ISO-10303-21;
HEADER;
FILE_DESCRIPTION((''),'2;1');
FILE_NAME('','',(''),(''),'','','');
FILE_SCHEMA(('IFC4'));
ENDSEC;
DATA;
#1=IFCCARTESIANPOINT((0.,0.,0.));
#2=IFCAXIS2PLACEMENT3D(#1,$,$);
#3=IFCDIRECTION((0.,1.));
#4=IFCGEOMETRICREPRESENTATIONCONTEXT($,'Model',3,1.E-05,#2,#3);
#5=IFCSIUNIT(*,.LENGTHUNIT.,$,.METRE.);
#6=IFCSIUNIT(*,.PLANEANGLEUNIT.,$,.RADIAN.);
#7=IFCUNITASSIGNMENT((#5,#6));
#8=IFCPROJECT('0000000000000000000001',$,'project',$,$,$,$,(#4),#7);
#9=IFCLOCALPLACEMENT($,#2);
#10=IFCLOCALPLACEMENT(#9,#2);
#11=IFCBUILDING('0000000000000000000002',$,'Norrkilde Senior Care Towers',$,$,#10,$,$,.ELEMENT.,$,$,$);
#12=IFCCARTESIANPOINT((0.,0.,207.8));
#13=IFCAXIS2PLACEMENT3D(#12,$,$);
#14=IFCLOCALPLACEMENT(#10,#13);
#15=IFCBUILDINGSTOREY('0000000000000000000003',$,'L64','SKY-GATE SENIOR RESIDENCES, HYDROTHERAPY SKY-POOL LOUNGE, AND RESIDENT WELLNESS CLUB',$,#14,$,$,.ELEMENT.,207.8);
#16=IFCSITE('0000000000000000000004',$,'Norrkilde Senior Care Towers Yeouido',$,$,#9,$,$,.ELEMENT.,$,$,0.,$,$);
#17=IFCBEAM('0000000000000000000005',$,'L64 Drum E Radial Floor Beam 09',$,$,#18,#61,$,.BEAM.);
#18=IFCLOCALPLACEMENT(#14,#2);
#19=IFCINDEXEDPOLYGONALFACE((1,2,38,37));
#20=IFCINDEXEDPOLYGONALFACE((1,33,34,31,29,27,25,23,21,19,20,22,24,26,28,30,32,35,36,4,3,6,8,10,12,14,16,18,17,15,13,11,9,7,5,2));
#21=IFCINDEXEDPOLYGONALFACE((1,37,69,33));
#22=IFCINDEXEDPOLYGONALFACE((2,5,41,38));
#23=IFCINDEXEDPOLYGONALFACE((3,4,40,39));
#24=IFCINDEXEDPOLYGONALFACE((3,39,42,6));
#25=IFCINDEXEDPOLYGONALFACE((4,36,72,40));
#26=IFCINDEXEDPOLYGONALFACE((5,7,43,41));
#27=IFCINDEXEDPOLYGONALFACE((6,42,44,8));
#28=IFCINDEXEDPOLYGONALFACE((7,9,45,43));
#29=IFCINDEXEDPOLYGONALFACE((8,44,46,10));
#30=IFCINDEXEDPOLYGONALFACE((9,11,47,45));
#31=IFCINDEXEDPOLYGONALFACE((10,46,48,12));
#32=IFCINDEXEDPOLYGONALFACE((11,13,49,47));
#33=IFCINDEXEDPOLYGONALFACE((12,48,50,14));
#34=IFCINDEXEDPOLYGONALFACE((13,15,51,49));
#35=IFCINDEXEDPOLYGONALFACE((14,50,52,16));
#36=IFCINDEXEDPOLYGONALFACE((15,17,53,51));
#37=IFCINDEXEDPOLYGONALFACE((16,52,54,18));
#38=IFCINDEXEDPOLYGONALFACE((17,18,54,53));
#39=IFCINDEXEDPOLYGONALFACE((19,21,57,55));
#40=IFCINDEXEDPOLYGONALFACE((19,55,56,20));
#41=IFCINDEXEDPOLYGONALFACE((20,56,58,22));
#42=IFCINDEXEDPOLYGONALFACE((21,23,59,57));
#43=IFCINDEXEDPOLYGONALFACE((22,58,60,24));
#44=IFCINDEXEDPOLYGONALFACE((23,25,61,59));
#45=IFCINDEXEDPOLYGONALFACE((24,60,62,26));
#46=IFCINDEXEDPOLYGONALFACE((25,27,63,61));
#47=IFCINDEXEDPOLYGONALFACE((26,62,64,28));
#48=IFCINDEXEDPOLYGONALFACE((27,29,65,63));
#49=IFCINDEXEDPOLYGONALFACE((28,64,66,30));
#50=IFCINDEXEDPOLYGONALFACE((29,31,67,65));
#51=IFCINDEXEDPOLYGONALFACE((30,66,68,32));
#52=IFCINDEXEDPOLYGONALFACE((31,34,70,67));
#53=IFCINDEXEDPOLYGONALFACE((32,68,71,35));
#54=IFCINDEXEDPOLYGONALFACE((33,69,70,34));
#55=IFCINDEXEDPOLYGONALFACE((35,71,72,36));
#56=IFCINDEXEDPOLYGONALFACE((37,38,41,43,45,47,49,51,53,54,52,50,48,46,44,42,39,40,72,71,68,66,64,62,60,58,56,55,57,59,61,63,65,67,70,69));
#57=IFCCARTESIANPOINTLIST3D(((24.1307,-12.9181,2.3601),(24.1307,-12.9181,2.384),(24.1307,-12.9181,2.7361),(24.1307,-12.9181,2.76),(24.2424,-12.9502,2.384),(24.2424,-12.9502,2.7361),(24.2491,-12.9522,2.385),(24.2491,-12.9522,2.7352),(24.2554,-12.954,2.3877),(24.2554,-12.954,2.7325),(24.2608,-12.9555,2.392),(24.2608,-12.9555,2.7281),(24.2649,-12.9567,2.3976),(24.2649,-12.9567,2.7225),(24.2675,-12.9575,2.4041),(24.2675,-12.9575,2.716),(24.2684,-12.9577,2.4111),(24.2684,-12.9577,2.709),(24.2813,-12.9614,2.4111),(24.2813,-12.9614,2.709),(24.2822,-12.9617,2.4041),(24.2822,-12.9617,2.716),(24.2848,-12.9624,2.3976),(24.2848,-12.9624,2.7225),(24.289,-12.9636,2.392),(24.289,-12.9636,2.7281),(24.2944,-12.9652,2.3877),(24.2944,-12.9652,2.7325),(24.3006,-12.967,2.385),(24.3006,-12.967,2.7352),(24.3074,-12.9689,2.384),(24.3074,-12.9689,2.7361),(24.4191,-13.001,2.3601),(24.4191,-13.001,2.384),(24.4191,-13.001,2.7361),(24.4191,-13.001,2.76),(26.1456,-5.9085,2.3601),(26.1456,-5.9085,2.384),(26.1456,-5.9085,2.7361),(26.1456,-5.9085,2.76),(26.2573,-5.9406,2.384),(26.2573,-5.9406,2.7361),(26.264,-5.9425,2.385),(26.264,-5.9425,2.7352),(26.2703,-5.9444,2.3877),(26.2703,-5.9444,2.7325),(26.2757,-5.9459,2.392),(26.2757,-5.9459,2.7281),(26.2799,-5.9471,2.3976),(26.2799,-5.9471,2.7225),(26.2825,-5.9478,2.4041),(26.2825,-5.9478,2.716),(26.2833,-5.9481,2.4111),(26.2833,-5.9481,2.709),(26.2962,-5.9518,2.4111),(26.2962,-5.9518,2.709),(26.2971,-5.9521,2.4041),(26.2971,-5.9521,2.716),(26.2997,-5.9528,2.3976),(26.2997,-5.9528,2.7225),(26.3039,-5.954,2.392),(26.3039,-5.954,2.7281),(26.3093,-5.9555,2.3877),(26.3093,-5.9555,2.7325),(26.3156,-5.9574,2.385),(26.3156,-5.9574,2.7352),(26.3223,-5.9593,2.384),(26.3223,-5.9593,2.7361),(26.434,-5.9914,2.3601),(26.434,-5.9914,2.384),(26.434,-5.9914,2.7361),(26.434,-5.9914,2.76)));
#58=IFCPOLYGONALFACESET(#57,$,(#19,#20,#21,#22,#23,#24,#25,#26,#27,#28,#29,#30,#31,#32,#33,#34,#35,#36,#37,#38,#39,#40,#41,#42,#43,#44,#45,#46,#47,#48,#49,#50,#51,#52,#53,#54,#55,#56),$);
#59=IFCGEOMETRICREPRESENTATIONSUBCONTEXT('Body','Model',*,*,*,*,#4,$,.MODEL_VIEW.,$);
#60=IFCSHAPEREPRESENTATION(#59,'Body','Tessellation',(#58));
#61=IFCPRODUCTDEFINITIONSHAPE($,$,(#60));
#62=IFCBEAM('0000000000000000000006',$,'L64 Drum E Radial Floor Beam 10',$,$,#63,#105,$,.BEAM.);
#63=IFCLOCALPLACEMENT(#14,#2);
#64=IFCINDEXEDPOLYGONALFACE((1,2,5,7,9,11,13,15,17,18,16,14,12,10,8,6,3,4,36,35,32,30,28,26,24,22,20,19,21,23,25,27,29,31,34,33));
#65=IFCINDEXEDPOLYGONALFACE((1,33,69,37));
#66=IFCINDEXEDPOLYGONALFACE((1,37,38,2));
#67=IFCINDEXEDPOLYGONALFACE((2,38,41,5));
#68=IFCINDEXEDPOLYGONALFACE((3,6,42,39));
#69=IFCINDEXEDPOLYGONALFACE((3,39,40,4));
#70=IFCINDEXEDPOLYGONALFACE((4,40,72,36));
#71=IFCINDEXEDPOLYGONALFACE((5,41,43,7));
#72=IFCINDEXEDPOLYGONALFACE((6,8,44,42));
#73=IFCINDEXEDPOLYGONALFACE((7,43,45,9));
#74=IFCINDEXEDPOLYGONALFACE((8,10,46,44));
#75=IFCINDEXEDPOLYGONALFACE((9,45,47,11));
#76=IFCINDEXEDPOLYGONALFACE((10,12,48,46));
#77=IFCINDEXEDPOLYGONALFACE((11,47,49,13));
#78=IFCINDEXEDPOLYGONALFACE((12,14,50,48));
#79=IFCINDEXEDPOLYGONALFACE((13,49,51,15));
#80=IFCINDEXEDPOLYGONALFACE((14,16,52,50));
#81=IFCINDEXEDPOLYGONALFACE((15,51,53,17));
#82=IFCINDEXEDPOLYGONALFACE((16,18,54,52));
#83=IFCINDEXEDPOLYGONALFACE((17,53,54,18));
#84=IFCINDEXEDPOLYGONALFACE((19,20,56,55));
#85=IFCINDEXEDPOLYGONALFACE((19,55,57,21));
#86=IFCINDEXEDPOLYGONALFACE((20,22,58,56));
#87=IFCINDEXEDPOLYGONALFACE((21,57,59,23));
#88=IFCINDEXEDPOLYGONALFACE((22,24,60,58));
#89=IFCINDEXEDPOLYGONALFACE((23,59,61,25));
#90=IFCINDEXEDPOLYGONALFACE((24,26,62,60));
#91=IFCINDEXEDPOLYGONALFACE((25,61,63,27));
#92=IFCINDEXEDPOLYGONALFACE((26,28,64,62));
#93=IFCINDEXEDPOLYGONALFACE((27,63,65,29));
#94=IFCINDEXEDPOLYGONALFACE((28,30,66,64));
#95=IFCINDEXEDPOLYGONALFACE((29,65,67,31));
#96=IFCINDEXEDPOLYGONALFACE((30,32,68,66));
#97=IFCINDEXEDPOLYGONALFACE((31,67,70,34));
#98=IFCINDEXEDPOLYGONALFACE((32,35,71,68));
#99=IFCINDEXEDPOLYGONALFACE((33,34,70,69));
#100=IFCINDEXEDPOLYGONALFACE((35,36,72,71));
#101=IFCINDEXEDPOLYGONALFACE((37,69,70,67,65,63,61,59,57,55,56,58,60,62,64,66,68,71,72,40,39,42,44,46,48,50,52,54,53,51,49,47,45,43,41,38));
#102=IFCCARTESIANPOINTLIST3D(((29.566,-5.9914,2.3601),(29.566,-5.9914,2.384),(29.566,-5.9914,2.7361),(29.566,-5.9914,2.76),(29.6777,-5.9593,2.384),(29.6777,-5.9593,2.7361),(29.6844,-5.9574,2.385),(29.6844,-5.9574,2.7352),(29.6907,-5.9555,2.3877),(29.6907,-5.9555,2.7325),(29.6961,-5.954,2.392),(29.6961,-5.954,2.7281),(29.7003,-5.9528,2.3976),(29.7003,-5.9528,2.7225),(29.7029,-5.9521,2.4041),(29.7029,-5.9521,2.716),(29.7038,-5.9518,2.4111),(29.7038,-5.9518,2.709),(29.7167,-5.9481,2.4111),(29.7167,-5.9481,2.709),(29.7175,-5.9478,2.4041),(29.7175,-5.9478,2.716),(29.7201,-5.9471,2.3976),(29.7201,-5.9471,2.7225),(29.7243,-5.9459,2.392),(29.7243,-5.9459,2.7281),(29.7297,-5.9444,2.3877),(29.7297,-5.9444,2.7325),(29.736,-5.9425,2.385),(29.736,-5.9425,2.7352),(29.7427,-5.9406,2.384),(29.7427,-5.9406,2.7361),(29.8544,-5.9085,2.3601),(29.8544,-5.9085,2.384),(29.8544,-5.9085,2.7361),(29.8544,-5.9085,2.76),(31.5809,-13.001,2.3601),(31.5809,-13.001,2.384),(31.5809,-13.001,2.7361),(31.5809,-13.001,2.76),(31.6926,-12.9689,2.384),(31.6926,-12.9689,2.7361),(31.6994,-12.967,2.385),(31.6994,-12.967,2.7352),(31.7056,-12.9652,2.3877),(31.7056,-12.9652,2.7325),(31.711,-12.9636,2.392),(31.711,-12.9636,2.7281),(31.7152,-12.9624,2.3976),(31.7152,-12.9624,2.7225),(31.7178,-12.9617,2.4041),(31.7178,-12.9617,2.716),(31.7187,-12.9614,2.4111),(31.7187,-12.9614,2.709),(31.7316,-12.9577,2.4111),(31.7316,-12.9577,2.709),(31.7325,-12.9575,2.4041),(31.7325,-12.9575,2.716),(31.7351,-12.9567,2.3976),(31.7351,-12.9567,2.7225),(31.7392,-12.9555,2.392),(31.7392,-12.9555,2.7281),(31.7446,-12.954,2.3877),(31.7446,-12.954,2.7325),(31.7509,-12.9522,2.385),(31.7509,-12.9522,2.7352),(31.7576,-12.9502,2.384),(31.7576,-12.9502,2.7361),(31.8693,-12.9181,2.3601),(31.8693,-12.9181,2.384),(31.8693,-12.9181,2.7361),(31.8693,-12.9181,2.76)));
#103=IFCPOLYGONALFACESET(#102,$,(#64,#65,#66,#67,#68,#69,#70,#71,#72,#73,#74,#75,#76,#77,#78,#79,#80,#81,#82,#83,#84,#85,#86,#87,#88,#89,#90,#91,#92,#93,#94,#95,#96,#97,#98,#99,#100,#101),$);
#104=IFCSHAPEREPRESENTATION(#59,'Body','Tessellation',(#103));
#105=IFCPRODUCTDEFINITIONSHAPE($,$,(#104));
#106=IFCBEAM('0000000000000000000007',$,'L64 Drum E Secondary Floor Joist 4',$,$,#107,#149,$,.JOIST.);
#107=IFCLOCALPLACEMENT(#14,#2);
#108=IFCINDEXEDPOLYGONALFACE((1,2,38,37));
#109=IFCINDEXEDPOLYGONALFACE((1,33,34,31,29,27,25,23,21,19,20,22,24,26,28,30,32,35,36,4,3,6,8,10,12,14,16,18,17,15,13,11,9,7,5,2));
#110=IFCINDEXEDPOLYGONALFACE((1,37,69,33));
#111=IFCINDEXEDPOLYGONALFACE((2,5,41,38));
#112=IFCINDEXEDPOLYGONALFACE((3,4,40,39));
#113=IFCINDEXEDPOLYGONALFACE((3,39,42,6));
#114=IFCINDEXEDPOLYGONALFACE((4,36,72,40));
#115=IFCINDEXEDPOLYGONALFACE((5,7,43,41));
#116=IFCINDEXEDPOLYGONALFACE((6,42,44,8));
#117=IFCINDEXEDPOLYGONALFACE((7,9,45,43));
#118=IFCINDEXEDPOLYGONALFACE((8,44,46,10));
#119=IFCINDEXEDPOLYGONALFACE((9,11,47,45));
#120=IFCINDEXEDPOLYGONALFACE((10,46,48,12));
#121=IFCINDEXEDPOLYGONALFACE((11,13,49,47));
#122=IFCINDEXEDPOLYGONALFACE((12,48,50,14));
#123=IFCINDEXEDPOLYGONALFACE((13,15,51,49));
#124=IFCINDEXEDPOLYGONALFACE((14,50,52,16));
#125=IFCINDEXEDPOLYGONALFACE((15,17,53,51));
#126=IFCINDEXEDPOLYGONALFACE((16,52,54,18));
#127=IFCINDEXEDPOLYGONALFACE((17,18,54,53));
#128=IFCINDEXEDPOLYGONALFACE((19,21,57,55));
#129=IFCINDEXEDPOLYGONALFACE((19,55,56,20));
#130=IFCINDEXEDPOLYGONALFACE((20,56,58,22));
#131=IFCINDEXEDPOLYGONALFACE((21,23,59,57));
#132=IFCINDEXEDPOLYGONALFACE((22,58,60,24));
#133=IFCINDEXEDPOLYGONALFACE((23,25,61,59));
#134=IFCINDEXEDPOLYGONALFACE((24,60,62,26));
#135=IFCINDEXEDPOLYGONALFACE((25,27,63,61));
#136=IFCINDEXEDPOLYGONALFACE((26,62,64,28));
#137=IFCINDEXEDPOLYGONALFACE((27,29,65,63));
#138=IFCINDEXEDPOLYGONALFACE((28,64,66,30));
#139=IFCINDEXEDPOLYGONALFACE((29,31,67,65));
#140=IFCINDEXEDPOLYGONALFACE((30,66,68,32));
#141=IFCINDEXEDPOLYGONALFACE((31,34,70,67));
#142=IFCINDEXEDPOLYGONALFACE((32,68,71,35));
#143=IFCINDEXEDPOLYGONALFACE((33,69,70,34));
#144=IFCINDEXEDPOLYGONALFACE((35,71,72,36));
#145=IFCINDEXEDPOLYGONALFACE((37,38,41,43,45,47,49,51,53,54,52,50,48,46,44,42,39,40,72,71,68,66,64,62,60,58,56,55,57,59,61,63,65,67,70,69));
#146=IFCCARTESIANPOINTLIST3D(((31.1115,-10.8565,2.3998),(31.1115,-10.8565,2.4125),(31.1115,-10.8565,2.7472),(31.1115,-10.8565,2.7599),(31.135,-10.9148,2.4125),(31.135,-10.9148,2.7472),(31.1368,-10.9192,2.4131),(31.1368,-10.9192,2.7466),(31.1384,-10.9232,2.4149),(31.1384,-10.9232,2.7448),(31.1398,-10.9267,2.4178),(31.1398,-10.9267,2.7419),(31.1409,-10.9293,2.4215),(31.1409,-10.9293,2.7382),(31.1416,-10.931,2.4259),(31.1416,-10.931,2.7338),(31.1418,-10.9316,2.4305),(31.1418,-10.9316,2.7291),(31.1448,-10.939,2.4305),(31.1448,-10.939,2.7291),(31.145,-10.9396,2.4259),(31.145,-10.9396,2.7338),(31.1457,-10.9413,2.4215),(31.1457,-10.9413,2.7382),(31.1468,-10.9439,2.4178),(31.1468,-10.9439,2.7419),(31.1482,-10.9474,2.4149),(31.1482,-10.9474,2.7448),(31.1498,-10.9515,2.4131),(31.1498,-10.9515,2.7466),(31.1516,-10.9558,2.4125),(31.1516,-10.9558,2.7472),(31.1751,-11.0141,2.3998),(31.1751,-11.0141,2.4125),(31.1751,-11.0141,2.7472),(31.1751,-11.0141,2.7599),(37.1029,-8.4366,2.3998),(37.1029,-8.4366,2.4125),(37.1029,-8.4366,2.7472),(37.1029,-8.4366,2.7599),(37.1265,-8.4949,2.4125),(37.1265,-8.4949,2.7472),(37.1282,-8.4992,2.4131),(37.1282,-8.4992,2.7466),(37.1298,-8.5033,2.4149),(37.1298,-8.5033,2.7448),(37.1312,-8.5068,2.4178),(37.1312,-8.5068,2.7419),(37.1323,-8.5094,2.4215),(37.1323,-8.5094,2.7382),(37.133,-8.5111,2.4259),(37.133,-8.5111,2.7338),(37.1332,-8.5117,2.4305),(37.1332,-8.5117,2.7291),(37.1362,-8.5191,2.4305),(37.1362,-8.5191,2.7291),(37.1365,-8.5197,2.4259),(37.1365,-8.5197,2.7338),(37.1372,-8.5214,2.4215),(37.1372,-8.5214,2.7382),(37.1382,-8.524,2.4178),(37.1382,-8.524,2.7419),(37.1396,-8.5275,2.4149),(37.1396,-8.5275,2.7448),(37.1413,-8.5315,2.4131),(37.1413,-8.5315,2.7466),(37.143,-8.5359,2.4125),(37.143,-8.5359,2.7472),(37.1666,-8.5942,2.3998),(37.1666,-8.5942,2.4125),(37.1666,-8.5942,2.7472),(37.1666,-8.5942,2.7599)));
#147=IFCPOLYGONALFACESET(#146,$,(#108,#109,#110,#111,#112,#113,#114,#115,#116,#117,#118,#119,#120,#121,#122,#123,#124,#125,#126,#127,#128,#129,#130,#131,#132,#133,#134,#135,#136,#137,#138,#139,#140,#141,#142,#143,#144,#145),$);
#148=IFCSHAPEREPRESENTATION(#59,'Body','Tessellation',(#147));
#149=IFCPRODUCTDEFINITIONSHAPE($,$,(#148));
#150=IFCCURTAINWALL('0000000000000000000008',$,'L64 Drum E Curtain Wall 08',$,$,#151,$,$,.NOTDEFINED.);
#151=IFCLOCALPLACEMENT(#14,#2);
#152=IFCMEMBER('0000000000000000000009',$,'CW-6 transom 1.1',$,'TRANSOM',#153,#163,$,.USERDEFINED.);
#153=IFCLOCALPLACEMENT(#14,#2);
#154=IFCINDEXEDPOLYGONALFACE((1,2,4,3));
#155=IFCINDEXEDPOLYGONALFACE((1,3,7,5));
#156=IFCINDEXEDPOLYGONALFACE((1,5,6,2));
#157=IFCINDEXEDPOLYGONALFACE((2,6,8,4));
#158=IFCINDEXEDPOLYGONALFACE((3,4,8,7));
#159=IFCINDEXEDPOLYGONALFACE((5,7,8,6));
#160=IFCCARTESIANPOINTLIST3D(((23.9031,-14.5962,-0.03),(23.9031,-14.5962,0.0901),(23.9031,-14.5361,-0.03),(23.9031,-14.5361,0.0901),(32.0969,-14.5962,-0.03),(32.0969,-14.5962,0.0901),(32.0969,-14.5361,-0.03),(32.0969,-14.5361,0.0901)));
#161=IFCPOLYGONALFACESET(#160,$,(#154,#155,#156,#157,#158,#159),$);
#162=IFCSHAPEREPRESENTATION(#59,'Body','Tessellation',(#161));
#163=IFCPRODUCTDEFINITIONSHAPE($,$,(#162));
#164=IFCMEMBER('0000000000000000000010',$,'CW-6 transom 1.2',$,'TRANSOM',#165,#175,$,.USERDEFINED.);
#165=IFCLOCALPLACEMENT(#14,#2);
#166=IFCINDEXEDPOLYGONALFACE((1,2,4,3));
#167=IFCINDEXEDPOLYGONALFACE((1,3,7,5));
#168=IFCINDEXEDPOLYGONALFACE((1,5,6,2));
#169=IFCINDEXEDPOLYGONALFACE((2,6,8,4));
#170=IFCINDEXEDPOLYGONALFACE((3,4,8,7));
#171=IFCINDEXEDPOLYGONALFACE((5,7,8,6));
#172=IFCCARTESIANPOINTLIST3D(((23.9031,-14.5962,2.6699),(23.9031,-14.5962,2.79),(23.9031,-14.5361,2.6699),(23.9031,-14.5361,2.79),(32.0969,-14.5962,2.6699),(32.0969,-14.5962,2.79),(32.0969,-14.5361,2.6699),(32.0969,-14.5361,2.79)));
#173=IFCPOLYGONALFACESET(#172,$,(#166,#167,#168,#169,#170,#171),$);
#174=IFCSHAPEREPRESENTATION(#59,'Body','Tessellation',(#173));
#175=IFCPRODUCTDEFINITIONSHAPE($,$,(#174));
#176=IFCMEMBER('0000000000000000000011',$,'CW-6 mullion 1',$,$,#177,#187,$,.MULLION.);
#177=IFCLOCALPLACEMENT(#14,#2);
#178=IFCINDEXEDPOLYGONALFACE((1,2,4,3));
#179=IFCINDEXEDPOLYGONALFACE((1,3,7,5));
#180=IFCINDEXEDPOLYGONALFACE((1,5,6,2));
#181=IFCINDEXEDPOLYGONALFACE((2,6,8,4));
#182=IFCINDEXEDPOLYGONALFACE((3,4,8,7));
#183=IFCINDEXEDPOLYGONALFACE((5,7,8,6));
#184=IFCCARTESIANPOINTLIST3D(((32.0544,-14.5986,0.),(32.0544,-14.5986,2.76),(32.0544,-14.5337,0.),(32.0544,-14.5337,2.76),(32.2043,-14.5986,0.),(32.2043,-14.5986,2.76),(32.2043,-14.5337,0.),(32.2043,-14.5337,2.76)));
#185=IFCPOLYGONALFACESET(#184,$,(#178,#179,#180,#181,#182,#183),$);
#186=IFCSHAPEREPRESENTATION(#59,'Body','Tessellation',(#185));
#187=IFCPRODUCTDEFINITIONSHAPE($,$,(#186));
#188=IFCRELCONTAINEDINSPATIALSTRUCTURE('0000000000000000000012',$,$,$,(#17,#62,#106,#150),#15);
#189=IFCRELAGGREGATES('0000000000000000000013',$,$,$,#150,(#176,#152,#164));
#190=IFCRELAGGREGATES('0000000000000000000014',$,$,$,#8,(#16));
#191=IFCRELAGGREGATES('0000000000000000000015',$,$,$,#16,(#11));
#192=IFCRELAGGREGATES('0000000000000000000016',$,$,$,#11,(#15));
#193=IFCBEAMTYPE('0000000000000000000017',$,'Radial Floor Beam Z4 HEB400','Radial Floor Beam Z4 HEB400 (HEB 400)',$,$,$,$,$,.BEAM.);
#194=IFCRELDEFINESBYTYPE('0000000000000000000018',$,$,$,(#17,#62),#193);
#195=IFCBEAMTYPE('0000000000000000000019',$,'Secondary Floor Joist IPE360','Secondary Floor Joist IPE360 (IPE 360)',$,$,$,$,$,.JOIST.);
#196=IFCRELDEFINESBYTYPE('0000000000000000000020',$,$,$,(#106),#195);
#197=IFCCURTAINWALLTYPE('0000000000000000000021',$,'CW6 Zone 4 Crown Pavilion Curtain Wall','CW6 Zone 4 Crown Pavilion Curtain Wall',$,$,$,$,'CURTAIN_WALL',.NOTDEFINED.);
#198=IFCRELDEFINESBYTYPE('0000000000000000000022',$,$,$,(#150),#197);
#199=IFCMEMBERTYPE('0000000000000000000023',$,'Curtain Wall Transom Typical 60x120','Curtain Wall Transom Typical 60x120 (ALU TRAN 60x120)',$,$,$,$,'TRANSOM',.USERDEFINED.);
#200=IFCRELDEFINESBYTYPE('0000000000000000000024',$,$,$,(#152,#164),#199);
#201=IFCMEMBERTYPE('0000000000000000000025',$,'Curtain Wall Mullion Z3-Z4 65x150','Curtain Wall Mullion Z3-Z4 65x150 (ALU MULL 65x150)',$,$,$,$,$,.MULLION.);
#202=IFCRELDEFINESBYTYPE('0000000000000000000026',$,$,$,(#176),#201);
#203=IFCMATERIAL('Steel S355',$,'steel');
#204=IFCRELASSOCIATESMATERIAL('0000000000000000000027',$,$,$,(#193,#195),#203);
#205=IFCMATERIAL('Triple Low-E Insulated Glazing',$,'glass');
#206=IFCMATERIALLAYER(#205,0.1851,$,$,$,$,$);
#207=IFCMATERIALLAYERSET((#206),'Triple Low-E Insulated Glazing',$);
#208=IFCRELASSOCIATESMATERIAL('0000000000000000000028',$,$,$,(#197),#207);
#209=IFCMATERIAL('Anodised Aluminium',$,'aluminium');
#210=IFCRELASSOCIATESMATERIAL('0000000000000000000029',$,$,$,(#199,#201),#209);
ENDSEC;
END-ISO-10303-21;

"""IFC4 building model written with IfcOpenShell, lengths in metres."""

from ifc_helpers import new_model, si_unit, direction, frame, origin, origin_2d, place, context, subcontext, project, spatial, rectangle, i_section, extrude, source, transform, mapped, material, layer, layer_set, material_profile, profile_set, type_object, type_shapes, element, aggregate, save


model = new_model("IFC4")

# Units and contexts
model_context = context("Model", 3, precision=1e-05, world=origin(), true_north=direction((0.0, 1.0)))
body_context = subcontext(model_context, "Body", "Model", "MODEL_VIEW")
ifc_project = project(units=[si_unit("LENGTHUNIT", "METRE"), si_unit("PLANEANGLEUNIT", "RADIAN")], contexts=[model_context])

# Site, building, storey
site_placement = place(None, origin())
site = spatial("IfcSite", under=ifc_project, at=site_placement, Name="Norrkilde Senior Care Towers Yeouido", CompositionType="ELEMENT", RefElevation=0.0)
building_placement = place(site_placement, origin())
building = spatial("IfcBuilding", under=site, at=building_placement, Name="Norrkilde Senior Care Towers", CompositionType="ELEMENT")
storey_placement = place(building_placement, frame((0.0, 0.0, 207.8)))
storey = spatial("IfcBuildingStorey", under=building, at=storey_placement, Name="L64", Description="SKY-GATE SENIOR RESIDENCES, HYDROTHERAPY SKY-POOL LOUNGE, AND RESIDENT WELLNESS CLUB", CompositionType="ELEMENT", Elevation=207.8)

# Beams
ifc_material_1 = material(Name="Steel S355", Category="steel")
ifc_material_profile_1 = material_profile(ifc_material_1, i_section(OverallWidth=0.3, OverallDepth=0.3999, WebThickness=0.0134, FlangeThickness=0.0239, FilletRadius=0.0271, at=origin_2d()), Name="HEB 400")
ifc_profile_set_1 = profile_set([ifc_material_profile_1], Name="Steel S355")
beam_type_1 = type_object("IfcBeamType", Name="Radial Floor Beam Z4 HEB400", Description="Radial Floor Beam Z4 HEB400 (HEB 400)", PredefinedType="BEAM", material=ifc_profile_set_1)
shared_shape_1 = source(origin(), body_context, "Body", "SweptSolid", [
    extrude(i_section(OverallWidth=0.3, OverallDepth=0.3999, WebThickness=0.0134, FlangeThickness=0.0239, FilletRadius=0.0271, at=origin_2d()), origin(), (0.0, 0.0, 1.0), 7.2935),
])
type_shapes(beam_type_1, [shared_shape_1])
for number, where, z_axis, x_axis, name in (
    (1, (26.2898, -5.95, 2.5601), (-0.276264, -0.961082, 0.0), (0.961082, -0.276264, 0.0), "L64 Drum E Radial Floor Beam 09"),
    (2, (29.7102, -5.95, 2.5601), (0.276264, -0.961082, 0.0), (0.961082, 0.276264, 0.0), "L64 Drum E Radial Floor Beam 10"),
):
    element("IfcBeam", number, at=place(storey_placement, frame(where, z_axis=z_axis, x_axis=x_axis)), inside=storey, type_object=beam_type_1, Name=name, PredefinedType="BEAM", context=body_context, shape_type="MappedRepresentation", body=[
        mapped(shared_shape_1, transform((0.0, 0.0, 0.0), x_axis=(1.0, 0.0, 0.0), y_axis=(0.0, 1.0, 0.0), z_axis=(0.0, 0.0, 1.0), scale=1.0)),
    ])
ifc_material_profile_2 = material_profile(ifc_material_1, i_section(OverallWidth=0.1699, OverallDepth=0.3601, WebThickness=0.0081, FlangeThickness=0.0127, FilletRadius=0.0181, at=origin_2d()), Name="IPE 360")
ifc_profile_set_2 = profile_set([ifc_material_profile_2], Name="Steel S355")
beam_type_2 = type_object("IfcBeamType", Name="Secondary Floor Joist IPE360", Description="Secondary Floor Joist IPE360 (IPE 360)", PredefinedType="JOIST", material=ifc_profile_set_2)
shared_shape_2 = source(origin(), body_context, "Body", "SweptSolid", [
    extrude(i_section(OverallWidth=0.1699, OverallDepth=0.3601, WebThickness=0.0081, FlangeThickness=0.0127, FilletRadius=0.0181, at=origin_2d()), origin(), (0.0, 0.0, 1.0), 6.4617),
])
type_shapes(beam_type_2, [shared_shape_2])
beam_1_placement = place(storey_placement, frame((31.1433, -10.9353, 2.5798), z_axis=(0.927226, 0.374502, 0.0), x_axis=(-0.374502, 0.927226, 0.0)))
element("IfcBeam", 3, at=beam_1_placement, inside=storey, type_object=beam_type_2, Name="L64 Drum E Secondary Floor Joist 4", PredefinedType="JOIST", context=body_context, shape_type="MappedRepresentation", body=[
    mapped(shared_shape_2, transform((0.0, 0.0, 0.0), x_axis=(1.0, 0.0, 0.0), y_axis=(0.0, 1.0, 0.0), z_axis=(0.0, 0.0, 1.0), scale=1.0)),
])

# Curtain wall, members
ifc_material_2 = material(Name="Triple Low-E Insulated Glazing", Category="glass")
ifc_layer_1 = layer(ifc_material_2, 0.1851)
ifc_layer_set_1 = layer_set([ifc_layer_1], Name="Triple Low-E Insulated Glazing")
curtain_wall_type = type_object("IfcCurtainWallType", Name="CW6 Zone 4 Crown Pavilion Curtain Wall", Description="CW6 Zone 4 Crown Pavilion Curtain Wall", ElementType="CURTAIN_WALL", PredefinedType="NOTDEFINED", material=ifc_layer_set_1)
curtain_wall_1_placement = place(storey_placement, origin())
curtain_wall_1 = element("IfcCurtainWall", 4, at=curtain_wall_1_placement, inside=storey, type_object=curtain_wall_type, Name="L64 Drum E Curtain Wall 08", PredefinedType="NOTDEFINED")
ifc_material_3 = material(Name="Anodised Aluminium", Category="aluminium")
ifc_material_profile_3 = material_profile(ifc_material_3, rectangle(XDim=0.0601, YDim=0.1201, at=origin_2d()), Name="ALU TRAN 60x120")
ifc_profile_set_3 = profile_set([ifc_material_profile_3], Name="Anodised Aluminium")
member_type_1 = type_object("IfcMemberType", Name="Curtain Wall Transom Typical 60x120", Description="Curtain Wall Transom Typical 60x120 (ALU TRAN 60x120)", ElementType="TRANSOM", PredefinedType="USERDEFINED", material=ifc_profile_set_3)
shared_shape_3 = source(origin(), body_context, "Body", "SweptSolid", [
    extrude(rectangle(XDim=0.0601, YDim=0.1201, at=origin_2d()), origin(), (0.0, 0.0, 1.0), 8.1938),
])
type_shapes(member_type_1, [shared_shape_3])
member_1_placement = place(storey_placement, frame((32.0969, -14.5662, 0.03), z_axis=(-1.0, 0.0, 0.0), x_axis=(0.0, -1.0, 0.0)))
member_1 = element("IfcMember", 5, at=member_1_placement, type_object=member_type_1, Name="CW-6 transom 1.1", ObjectType="TRANSOM", PredefinedType="USERDEFINED", context=body_context, shape_type="MappedRepresentation", body=[
    mapped(shared_shape_3, transform((0.0, 0.0, 0.0), x_axis=(1.0, 0.0, 0.0), y_axis=(0.0, 1.0, 0.0), z_axis=(0.0, 0.0, 1.0), scale=1.0)),
])
member_2_placement = place(storey_placement, frame((32.0969, -14.5662, 2.73), z_axis=(-1.0, 0.0, 0.0), x_axis=(0.0, -1.0, 0.0)))
member_2 = element("IfcMember", 6, at=member_2_placement, type_object=member_type_1, Name="CW-6 transom 1.2", ObjectType="TRANSOM", PredefinedType="USERDEFINED", context=body_context, shape_type="MappedRepresentation", body=[
    mapped(shared_shape_3, transform((0.0, 0.0, 0.0), x_axis=(1.0, 0.0, 0.0), y_axis=(0.0, 1.0, 0.0), z_axis=(0.0, 0.0, 1.0), scale=1.0)),
])
ifc_material_profile_4 = material_profile(ifc_material_3, rectangle(XDim=0.0649, YDim=0.1499, at=origin_2d()), Name="ALU MULL 65x150")
ifc_profile_set_4 = profile_set([ifc_material_profile_4], Name="Anodised Aluminium")
member_type_2 = type_object("IfcMemberType", Name="Curtain Wall Mullion Z3-Z4 65x150", Description="Curtain Wall Mullion Z3-Z4 65x150 (ALU MULL 65x150)", PredefinedType="MULLION", material=ifc_profile_set_4)
shared_shape_4 = source(origin(), body_context, "Body", "SweptSolid", [
    extrude(rectangle(XDim=0.0649, YDim=0.1499, at=origin_2d()), origin(), (0.0, 0.0, 1.0), 2.76),
])
type_shapes(member_type_2, [shared_shape_4])
member_3_placement = place(storey_placement, frame((32.1294, -14.5662, 0.0), z_axis=(0.0, 0.0, 1.0), x_axis=(0.0, -1.0, 0.0)))
member_3 = element("IfcMember", 7, at=member_3_placement, type_object=member_type_2, Name="CW-6 mullion 1", PredefinedType="MULLION", context=body_context, shape_type="MappedRepresentation", body=[
    mapped(shared_shape_4, transform((0.0, 0.0, 0.0), x_axis=(1.0, 0.0, 0.0), y_axis=(0.0, 1.0, 0.0), z_axis=(0.0, 0.0, 1.0), scale=1.0)),
])

aggregate(curtain_wall_1, [member_3, member_1, member_2])

save(model, "model.ifc")
